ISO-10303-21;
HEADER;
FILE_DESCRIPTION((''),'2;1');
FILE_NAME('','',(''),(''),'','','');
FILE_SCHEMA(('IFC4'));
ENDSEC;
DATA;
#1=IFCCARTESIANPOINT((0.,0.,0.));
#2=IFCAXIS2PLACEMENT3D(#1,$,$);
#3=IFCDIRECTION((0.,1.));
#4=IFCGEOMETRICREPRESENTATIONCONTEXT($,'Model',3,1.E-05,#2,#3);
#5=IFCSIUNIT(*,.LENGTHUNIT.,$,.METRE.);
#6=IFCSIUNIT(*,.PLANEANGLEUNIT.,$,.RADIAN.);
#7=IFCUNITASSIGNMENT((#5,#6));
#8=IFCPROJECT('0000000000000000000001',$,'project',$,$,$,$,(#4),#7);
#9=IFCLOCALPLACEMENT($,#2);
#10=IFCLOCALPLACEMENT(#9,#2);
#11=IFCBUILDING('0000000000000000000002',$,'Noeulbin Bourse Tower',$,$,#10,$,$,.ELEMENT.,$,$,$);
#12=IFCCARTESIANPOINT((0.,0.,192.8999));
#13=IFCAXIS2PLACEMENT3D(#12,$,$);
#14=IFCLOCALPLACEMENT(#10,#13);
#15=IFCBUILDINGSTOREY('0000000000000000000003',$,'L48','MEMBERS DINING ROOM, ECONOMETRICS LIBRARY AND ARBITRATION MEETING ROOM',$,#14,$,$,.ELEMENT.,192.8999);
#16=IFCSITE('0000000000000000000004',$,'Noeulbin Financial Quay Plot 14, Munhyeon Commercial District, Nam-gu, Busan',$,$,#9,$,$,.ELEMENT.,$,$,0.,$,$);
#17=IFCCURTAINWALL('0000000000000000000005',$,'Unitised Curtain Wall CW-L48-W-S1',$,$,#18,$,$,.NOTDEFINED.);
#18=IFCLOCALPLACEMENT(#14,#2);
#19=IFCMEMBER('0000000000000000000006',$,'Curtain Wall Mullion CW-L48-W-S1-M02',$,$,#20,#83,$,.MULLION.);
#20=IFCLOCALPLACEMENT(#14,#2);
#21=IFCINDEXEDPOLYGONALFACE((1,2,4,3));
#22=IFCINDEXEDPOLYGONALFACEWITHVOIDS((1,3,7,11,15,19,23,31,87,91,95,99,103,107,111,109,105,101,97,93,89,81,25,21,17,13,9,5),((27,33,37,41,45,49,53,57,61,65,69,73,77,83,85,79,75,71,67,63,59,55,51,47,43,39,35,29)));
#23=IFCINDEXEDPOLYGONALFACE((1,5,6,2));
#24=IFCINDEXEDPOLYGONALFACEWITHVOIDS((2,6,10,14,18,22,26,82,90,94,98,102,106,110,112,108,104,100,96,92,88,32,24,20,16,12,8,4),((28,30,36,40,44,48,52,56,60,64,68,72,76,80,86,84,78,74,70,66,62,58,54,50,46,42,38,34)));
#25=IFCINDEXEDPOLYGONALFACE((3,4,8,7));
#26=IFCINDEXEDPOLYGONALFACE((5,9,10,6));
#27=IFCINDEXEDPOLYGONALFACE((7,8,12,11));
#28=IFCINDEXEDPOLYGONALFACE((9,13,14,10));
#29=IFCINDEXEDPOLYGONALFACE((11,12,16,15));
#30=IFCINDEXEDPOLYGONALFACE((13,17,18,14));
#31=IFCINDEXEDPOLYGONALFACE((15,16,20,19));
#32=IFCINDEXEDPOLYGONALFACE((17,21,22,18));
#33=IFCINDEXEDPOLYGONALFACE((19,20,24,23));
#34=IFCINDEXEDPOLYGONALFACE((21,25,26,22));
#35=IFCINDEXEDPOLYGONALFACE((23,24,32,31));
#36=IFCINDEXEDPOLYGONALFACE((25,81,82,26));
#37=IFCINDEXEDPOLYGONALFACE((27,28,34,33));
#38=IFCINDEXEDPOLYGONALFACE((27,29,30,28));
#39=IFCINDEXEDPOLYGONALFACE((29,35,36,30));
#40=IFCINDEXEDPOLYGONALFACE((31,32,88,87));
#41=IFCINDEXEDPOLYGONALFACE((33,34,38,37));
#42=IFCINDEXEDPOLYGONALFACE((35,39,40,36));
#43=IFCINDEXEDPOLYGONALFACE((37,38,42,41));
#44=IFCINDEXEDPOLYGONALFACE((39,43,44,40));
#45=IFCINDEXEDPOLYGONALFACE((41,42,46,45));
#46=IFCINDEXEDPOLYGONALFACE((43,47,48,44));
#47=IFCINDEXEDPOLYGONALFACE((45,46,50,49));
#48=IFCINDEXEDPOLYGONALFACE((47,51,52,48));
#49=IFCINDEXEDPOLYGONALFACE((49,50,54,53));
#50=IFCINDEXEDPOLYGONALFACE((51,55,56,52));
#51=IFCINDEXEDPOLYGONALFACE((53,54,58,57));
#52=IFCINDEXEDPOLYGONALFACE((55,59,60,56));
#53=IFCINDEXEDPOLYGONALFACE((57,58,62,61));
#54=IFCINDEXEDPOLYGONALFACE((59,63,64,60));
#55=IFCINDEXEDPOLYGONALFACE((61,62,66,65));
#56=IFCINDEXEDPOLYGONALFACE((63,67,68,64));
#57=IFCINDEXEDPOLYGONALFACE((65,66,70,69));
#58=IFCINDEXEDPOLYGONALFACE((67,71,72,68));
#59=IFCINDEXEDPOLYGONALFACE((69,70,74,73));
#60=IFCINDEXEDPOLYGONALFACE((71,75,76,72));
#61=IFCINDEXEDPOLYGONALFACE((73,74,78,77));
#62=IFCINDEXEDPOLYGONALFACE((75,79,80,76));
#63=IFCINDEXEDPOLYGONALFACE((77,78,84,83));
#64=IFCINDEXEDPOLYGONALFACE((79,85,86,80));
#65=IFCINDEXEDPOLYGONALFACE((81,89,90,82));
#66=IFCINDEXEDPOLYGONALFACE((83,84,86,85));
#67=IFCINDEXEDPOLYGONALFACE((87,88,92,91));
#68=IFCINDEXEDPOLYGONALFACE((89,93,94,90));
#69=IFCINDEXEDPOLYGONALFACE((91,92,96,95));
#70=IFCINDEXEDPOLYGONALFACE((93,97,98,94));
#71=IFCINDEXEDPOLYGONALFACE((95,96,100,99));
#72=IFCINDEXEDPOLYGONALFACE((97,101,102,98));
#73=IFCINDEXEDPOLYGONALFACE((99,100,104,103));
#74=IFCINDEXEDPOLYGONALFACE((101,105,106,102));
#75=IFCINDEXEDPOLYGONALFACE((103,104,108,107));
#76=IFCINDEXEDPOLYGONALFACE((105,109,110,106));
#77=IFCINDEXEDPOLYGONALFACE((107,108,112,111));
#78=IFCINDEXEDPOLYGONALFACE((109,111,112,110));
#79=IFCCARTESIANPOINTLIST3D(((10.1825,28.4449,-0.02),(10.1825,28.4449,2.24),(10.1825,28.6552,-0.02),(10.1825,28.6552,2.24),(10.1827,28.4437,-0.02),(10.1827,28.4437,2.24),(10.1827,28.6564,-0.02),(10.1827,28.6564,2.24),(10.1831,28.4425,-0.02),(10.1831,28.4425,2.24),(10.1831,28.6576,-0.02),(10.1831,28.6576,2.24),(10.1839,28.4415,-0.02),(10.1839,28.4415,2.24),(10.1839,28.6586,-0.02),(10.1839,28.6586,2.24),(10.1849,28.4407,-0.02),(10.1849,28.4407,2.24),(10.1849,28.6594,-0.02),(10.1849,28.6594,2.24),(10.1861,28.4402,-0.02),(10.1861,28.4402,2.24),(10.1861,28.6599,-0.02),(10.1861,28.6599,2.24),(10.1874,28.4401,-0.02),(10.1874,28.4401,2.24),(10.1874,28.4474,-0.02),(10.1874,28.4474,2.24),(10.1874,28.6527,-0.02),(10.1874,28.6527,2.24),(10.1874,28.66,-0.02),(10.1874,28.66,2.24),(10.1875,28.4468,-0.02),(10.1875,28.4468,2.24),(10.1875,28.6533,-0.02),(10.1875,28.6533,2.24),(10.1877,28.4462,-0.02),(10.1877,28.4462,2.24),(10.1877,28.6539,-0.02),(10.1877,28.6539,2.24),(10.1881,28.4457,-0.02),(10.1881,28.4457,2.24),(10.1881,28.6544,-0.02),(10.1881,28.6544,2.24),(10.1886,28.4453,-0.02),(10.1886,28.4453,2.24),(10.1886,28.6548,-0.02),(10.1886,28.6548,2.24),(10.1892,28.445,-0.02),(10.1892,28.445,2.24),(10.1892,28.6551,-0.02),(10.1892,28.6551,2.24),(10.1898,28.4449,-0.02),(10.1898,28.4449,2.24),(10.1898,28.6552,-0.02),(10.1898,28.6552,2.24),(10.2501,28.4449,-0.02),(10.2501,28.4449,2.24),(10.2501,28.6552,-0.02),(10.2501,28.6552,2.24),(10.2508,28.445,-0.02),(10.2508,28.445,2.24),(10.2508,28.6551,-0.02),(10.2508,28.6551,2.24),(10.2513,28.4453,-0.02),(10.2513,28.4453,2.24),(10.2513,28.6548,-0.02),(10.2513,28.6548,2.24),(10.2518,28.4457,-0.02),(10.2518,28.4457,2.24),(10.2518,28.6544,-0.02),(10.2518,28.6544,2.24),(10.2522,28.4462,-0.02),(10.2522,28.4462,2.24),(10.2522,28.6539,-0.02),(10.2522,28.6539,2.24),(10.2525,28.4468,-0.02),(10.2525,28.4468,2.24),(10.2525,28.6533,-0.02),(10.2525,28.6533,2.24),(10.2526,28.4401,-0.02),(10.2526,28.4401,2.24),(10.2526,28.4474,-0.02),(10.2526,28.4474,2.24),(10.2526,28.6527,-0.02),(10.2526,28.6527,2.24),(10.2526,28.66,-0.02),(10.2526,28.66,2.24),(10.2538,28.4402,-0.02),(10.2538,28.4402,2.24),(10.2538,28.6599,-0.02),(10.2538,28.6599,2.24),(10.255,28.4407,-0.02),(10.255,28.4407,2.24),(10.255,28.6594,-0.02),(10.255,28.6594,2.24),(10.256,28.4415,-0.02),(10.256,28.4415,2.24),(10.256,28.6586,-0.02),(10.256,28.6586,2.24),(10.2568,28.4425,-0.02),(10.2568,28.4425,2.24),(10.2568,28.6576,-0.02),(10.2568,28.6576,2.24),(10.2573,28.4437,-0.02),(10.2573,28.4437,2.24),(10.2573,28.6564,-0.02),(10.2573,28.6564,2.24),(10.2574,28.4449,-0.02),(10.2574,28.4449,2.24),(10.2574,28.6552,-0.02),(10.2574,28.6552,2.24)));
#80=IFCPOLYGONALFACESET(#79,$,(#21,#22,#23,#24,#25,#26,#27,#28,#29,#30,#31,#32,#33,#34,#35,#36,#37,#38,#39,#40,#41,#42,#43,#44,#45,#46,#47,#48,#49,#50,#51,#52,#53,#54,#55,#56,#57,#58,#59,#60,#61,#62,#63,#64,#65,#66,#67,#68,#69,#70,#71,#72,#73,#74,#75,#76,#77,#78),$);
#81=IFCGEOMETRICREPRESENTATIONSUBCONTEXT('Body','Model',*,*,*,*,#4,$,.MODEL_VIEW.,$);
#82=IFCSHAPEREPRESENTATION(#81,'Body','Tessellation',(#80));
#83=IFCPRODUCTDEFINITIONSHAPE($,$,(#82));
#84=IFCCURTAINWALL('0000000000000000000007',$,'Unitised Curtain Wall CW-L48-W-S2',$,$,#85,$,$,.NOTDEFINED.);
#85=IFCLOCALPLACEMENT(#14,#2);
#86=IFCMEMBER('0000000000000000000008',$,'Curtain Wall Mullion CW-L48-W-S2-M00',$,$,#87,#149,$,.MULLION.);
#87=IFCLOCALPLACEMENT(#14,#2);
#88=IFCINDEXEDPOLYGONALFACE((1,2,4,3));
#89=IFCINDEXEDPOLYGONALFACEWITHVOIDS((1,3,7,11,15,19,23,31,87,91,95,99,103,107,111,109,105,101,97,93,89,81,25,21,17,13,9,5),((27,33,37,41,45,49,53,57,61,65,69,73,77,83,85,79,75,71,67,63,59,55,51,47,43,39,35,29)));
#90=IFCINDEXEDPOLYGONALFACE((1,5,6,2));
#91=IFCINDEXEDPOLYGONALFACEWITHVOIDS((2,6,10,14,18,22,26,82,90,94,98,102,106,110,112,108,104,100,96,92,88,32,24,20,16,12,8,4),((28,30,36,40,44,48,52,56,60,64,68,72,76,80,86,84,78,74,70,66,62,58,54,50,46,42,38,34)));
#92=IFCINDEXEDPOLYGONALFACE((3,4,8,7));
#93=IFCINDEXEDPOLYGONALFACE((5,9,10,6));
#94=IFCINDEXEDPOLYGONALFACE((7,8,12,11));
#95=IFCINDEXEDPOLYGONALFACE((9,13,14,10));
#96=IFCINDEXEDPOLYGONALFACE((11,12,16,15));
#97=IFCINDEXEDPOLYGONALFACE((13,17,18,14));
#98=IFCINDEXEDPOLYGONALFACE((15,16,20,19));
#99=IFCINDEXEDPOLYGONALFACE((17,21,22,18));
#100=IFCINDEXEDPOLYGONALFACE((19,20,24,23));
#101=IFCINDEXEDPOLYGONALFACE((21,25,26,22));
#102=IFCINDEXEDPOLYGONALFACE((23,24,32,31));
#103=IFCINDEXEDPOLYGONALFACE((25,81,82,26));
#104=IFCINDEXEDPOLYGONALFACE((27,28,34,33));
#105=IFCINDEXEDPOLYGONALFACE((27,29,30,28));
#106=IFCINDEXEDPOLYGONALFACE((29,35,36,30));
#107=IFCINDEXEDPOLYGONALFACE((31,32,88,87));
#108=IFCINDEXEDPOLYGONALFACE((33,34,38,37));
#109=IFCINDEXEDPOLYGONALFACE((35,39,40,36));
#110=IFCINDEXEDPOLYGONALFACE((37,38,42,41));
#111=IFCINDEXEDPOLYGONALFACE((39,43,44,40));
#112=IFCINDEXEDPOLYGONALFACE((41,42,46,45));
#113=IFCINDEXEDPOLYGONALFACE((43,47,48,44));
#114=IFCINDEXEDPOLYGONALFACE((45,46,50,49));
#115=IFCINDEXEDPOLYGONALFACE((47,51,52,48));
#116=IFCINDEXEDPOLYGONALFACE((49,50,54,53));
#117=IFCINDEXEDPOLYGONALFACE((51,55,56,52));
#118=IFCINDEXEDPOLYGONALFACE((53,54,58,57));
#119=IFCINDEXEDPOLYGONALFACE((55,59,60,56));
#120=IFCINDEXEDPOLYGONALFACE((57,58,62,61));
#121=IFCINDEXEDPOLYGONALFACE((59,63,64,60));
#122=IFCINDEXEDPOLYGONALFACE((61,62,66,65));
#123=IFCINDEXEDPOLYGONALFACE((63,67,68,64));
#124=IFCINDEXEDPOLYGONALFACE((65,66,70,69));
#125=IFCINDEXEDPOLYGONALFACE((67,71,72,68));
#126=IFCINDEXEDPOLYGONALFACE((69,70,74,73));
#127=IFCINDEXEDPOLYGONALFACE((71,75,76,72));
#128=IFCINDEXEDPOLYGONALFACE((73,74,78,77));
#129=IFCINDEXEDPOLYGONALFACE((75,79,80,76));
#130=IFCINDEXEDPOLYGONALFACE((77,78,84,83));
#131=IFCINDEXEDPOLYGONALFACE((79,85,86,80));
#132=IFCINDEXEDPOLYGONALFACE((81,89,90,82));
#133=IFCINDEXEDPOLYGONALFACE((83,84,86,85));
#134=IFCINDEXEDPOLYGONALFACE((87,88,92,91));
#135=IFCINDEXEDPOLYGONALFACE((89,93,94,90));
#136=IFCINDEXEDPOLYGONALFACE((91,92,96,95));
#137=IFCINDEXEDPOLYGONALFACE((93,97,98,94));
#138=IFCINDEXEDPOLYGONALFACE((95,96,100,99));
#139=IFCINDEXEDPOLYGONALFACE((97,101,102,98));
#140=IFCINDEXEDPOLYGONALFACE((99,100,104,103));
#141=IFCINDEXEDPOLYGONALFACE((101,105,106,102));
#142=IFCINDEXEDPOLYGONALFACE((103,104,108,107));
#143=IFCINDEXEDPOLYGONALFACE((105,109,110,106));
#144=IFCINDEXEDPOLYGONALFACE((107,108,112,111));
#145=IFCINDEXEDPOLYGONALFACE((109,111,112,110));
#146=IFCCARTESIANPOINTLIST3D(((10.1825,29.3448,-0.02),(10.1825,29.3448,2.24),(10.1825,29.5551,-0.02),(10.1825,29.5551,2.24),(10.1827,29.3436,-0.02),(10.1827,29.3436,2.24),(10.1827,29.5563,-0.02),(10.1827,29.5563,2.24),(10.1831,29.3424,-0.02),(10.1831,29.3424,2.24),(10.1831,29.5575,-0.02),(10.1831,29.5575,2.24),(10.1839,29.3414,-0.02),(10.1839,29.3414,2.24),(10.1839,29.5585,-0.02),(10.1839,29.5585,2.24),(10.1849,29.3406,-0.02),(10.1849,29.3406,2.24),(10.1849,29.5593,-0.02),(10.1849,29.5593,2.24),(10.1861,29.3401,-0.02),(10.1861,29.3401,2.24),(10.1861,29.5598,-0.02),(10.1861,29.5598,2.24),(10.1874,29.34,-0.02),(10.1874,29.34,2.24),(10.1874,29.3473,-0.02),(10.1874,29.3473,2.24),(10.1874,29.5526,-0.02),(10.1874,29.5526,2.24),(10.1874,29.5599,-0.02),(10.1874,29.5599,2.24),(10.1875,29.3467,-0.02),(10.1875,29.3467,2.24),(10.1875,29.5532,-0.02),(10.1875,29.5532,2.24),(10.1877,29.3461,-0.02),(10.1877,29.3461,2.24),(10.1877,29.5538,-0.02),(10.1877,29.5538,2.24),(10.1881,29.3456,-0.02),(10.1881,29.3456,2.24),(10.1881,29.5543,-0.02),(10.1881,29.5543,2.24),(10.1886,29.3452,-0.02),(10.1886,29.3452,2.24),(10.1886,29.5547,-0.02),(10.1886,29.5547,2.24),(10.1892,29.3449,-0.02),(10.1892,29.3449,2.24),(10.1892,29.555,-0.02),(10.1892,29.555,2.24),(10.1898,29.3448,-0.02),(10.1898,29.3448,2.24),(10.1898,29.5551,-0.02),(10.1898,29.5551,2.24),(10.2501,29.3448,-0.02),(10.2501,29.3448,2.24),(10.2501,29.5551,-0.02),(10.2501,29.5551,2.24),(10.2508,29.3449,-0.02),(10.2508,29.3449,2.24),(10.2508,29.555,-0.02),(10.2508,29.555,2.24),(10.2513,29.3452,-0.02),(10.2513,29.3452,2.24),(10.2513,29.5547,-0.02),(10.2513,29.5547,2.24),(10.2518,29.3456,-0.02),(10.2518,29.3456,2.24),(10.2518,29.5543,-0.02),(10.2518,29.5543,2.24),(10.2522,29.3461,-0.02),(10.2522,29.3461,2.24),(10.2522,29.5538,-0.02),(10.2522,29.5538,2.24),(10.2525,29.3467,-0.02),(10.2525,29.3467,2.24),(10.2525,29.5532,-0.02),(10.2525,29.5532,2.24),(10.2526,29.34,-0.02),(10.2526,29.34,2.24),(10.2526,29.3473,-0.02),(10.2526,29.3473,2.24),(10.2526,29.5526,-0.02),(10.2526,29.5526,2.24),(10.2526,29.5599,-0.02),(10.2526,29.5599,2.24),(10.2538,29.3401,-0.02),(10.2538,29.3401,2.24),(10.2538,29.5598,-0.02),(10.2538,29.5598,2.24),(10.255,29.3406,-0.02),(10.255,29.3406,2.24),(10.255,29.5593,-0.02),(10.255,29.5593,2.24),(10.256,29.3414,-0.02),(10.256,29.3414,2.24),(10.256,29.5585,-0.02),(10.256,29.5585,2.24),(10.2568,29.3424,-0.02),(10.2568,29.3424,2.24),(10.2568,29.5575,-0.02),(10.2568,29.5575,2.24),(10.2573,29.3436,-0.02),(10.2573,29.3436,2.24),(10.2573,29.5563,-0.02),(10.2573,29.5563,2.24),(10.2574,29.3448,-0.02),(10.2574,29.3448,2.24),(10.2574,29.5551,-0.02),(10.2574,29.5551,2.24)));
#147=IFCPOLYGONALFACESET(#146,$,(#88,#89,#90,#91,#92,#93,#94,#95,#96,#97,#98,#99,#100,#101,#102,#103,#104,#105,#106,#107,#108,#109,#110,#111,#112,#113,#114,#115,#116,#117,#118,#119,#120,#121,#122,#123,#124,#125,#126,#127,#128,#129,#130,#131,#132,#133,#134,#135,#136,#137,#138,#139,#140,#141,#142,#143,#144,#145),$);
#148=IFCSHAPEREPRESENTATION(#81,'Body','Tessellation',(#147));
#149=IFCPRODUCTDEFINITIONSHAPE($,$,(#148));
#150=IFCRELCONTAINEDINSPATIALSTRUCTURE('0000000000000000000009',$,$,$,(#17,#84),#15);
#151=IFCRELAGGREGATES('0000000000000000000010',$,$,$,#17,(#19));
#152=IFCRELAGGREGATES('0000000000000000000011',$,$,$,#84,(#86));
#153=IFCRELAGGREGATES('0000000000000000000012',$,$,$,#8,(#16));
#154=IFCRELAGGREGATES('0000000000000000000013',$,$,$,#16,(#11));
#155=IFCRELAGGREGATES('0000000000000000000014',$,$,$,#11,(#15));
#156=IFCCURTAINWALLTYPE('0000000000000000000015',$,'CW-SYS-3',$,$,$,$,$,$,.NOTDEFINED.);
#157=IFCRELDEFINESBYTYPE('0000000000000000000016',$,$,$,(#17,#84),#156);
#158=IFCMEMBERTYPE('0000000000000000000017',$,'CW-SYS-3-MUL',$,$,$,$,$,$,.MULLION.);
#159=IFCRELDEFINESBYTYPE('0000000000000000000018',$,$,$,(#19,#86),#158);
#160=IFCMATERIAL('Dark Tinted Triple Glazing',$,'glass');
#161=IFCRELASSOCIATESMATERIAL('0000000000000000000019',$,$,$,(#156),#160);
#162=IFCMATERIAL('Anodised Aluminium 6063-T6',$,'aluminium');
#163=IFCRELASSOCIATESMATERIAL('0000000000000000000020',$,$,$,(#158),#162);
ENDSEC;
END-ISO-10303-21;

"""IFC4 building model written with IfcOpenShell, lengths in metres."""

from ifc_helpers import new_model, si_unit, direction, frame, origin, origin_2d, place, context, subcontext, project, spatial, hollow_rectangle, extrude, material, material_profile, profile_set, type_object, element, aggregate, save


model = new_model("IFC4")

# Units and contexts
model_context = context("Model", 3, precision=1e-05, world=origin(), true_north=direction((0.0, 1.0)))
body_context = subcontext(model_context, "Body", "Model", "MODEL_VIEW")
ifc_project = project(units=[si_unit("LENGTHUNIT", "METRE"), si_unit("PLANEANGLEUNIT", "RADIAN")], contexts=[model_context])

# Site, building, storey
site_placement = place(None, origin())
site = spatial("IfcSite", under=ifc_project, at=site_placement, Name="Noeulbin Financial Quay Plot 14, Munhyeon Commercial District, Nam-gu, Busan", CompositionType="ELEMENT", RefElevation=0.0)
building_placement = place(site_placement, origin())
building = spatial("IfcBuilding", under=site, at=building_placement, Name="Noeulbin Bourse Tower", CompositionType="ELEMENT")
storey_placement = place(building_placement, frame((0.0, 0.0, 192.8999)))
storey = spatial("IfcBuildingStorey", under=building, at=storey_placement, Name="L48", Description="MEMBERS DINING ROOM, ECONOMETRICS LIBRARY AND ARBITRATION MEETING ROOM", CompositionType="ELEMENT", Elevation=192.8999)

# Curtain wall, member
ifc_material_1 = material(Name="Dark Tinted Triple Glazing", Category="glass")
curtain_wall_type = type_object("IfcCurtainWallType", Name="CW-SYS-3", PredefinedType="NOTDEFINED", material=ifc_material_1)
curtain_wall_1_placement = place(storey_placement, origin())
curtain_wall_1 = element("IfcCurtainWall", 1, at=curtain_wall_1_placement, inside=storey, type_object=curtain_wall_type, Name="Unitised Curtain Wall CW-L48-W-S1", PredefinedType="NOTDEFINED")
ifc_material_2 = material(Name="Anodised Aluminium 6063-T6", Category="aluminium")
ifc_material_profile_1 = material_profile(ifc_material_2, hollow_rectangle(XDim=0.075, YDim=0.22, WallThickness=0.0049, InnerFilletRadius=0.0024, OuterFilletRadius=0.0049, at=origin_2d()), Name="ALU-MULL-75x220x5", Category="LoadBearing")
ifc_profile_set_1 = profile_set([ifc_material_profile_1], Name="Anodised Aluminium 6063-T6")
member_type_1 = type_object("IfcMemberType", Name="CW-SYS-3-MUL", PredefinedType="MULLION", material=ifc_profile_set_1)
member_1_placement = place(storey_placement, frame((10.22, 28.55, -0.02), z_axis=(0.0, 0.0, 1.0), x_axis=(1.0, 0.0, 0.0)))
member_1 = element("IfcMember", 2, at=member_1_placement, type_object=member_type_1, Name="Curtain Wall Mullion CW-L48-W-S1-M02", PredefinedType="MULLION", context=body_context, shape_type="SweptSolid", body=[
    extrude(hollow_rectangle(XDim=0.075, YDim=0.22, WallThickness=0.0049, InnerFilletRadius=0.0024, OuterFilletRadius=0.0049, at=origin_2d()), origin(), (0.0, 0.0, 1.0), 2.26),
])

# Curtain wall, member
curtain_wall_2_placement = place(storey_placement, origin())
curtain_wall_2 = element("IfcCurtainWall", 3, at=curtain_wall_2_placement, inside=storey, type_object=curtain_wall_type, Name="Unitised Curtain Wall CW-L48-W-S2", PredefinedType="NOTDEFINED")
member_2_placement = place(storey_placement, frame((10.22, 29.45, -0.02), z_axis=(0.0, 0.0, 1.0), x_axis=(1.0, 0.0, 0.0)))
member_2 = element("IfcMember", 4, at=member_2_placement, type_object=member_type_1, Name="Curtain Wall Mullion CW-L48-W-S2-M00", PredefinedType="MULLION", context=body_context, shape_type="SweptSolid", body=[
    extrude(hollow_rectangle(XDim=0.075, YDim=0.22, WallThickness=0.0049, InnerFilletRadius=0.0024, OuterFilletRadius=0.0049, at=origin_2d()), origin(), (0.0, 0.0, 1.0), 2.26),
])

aggregate(curtain_wall_1, [member_1])
aggregate(curtain_wall_2, [member_2])

save(model, "model.ifc")
